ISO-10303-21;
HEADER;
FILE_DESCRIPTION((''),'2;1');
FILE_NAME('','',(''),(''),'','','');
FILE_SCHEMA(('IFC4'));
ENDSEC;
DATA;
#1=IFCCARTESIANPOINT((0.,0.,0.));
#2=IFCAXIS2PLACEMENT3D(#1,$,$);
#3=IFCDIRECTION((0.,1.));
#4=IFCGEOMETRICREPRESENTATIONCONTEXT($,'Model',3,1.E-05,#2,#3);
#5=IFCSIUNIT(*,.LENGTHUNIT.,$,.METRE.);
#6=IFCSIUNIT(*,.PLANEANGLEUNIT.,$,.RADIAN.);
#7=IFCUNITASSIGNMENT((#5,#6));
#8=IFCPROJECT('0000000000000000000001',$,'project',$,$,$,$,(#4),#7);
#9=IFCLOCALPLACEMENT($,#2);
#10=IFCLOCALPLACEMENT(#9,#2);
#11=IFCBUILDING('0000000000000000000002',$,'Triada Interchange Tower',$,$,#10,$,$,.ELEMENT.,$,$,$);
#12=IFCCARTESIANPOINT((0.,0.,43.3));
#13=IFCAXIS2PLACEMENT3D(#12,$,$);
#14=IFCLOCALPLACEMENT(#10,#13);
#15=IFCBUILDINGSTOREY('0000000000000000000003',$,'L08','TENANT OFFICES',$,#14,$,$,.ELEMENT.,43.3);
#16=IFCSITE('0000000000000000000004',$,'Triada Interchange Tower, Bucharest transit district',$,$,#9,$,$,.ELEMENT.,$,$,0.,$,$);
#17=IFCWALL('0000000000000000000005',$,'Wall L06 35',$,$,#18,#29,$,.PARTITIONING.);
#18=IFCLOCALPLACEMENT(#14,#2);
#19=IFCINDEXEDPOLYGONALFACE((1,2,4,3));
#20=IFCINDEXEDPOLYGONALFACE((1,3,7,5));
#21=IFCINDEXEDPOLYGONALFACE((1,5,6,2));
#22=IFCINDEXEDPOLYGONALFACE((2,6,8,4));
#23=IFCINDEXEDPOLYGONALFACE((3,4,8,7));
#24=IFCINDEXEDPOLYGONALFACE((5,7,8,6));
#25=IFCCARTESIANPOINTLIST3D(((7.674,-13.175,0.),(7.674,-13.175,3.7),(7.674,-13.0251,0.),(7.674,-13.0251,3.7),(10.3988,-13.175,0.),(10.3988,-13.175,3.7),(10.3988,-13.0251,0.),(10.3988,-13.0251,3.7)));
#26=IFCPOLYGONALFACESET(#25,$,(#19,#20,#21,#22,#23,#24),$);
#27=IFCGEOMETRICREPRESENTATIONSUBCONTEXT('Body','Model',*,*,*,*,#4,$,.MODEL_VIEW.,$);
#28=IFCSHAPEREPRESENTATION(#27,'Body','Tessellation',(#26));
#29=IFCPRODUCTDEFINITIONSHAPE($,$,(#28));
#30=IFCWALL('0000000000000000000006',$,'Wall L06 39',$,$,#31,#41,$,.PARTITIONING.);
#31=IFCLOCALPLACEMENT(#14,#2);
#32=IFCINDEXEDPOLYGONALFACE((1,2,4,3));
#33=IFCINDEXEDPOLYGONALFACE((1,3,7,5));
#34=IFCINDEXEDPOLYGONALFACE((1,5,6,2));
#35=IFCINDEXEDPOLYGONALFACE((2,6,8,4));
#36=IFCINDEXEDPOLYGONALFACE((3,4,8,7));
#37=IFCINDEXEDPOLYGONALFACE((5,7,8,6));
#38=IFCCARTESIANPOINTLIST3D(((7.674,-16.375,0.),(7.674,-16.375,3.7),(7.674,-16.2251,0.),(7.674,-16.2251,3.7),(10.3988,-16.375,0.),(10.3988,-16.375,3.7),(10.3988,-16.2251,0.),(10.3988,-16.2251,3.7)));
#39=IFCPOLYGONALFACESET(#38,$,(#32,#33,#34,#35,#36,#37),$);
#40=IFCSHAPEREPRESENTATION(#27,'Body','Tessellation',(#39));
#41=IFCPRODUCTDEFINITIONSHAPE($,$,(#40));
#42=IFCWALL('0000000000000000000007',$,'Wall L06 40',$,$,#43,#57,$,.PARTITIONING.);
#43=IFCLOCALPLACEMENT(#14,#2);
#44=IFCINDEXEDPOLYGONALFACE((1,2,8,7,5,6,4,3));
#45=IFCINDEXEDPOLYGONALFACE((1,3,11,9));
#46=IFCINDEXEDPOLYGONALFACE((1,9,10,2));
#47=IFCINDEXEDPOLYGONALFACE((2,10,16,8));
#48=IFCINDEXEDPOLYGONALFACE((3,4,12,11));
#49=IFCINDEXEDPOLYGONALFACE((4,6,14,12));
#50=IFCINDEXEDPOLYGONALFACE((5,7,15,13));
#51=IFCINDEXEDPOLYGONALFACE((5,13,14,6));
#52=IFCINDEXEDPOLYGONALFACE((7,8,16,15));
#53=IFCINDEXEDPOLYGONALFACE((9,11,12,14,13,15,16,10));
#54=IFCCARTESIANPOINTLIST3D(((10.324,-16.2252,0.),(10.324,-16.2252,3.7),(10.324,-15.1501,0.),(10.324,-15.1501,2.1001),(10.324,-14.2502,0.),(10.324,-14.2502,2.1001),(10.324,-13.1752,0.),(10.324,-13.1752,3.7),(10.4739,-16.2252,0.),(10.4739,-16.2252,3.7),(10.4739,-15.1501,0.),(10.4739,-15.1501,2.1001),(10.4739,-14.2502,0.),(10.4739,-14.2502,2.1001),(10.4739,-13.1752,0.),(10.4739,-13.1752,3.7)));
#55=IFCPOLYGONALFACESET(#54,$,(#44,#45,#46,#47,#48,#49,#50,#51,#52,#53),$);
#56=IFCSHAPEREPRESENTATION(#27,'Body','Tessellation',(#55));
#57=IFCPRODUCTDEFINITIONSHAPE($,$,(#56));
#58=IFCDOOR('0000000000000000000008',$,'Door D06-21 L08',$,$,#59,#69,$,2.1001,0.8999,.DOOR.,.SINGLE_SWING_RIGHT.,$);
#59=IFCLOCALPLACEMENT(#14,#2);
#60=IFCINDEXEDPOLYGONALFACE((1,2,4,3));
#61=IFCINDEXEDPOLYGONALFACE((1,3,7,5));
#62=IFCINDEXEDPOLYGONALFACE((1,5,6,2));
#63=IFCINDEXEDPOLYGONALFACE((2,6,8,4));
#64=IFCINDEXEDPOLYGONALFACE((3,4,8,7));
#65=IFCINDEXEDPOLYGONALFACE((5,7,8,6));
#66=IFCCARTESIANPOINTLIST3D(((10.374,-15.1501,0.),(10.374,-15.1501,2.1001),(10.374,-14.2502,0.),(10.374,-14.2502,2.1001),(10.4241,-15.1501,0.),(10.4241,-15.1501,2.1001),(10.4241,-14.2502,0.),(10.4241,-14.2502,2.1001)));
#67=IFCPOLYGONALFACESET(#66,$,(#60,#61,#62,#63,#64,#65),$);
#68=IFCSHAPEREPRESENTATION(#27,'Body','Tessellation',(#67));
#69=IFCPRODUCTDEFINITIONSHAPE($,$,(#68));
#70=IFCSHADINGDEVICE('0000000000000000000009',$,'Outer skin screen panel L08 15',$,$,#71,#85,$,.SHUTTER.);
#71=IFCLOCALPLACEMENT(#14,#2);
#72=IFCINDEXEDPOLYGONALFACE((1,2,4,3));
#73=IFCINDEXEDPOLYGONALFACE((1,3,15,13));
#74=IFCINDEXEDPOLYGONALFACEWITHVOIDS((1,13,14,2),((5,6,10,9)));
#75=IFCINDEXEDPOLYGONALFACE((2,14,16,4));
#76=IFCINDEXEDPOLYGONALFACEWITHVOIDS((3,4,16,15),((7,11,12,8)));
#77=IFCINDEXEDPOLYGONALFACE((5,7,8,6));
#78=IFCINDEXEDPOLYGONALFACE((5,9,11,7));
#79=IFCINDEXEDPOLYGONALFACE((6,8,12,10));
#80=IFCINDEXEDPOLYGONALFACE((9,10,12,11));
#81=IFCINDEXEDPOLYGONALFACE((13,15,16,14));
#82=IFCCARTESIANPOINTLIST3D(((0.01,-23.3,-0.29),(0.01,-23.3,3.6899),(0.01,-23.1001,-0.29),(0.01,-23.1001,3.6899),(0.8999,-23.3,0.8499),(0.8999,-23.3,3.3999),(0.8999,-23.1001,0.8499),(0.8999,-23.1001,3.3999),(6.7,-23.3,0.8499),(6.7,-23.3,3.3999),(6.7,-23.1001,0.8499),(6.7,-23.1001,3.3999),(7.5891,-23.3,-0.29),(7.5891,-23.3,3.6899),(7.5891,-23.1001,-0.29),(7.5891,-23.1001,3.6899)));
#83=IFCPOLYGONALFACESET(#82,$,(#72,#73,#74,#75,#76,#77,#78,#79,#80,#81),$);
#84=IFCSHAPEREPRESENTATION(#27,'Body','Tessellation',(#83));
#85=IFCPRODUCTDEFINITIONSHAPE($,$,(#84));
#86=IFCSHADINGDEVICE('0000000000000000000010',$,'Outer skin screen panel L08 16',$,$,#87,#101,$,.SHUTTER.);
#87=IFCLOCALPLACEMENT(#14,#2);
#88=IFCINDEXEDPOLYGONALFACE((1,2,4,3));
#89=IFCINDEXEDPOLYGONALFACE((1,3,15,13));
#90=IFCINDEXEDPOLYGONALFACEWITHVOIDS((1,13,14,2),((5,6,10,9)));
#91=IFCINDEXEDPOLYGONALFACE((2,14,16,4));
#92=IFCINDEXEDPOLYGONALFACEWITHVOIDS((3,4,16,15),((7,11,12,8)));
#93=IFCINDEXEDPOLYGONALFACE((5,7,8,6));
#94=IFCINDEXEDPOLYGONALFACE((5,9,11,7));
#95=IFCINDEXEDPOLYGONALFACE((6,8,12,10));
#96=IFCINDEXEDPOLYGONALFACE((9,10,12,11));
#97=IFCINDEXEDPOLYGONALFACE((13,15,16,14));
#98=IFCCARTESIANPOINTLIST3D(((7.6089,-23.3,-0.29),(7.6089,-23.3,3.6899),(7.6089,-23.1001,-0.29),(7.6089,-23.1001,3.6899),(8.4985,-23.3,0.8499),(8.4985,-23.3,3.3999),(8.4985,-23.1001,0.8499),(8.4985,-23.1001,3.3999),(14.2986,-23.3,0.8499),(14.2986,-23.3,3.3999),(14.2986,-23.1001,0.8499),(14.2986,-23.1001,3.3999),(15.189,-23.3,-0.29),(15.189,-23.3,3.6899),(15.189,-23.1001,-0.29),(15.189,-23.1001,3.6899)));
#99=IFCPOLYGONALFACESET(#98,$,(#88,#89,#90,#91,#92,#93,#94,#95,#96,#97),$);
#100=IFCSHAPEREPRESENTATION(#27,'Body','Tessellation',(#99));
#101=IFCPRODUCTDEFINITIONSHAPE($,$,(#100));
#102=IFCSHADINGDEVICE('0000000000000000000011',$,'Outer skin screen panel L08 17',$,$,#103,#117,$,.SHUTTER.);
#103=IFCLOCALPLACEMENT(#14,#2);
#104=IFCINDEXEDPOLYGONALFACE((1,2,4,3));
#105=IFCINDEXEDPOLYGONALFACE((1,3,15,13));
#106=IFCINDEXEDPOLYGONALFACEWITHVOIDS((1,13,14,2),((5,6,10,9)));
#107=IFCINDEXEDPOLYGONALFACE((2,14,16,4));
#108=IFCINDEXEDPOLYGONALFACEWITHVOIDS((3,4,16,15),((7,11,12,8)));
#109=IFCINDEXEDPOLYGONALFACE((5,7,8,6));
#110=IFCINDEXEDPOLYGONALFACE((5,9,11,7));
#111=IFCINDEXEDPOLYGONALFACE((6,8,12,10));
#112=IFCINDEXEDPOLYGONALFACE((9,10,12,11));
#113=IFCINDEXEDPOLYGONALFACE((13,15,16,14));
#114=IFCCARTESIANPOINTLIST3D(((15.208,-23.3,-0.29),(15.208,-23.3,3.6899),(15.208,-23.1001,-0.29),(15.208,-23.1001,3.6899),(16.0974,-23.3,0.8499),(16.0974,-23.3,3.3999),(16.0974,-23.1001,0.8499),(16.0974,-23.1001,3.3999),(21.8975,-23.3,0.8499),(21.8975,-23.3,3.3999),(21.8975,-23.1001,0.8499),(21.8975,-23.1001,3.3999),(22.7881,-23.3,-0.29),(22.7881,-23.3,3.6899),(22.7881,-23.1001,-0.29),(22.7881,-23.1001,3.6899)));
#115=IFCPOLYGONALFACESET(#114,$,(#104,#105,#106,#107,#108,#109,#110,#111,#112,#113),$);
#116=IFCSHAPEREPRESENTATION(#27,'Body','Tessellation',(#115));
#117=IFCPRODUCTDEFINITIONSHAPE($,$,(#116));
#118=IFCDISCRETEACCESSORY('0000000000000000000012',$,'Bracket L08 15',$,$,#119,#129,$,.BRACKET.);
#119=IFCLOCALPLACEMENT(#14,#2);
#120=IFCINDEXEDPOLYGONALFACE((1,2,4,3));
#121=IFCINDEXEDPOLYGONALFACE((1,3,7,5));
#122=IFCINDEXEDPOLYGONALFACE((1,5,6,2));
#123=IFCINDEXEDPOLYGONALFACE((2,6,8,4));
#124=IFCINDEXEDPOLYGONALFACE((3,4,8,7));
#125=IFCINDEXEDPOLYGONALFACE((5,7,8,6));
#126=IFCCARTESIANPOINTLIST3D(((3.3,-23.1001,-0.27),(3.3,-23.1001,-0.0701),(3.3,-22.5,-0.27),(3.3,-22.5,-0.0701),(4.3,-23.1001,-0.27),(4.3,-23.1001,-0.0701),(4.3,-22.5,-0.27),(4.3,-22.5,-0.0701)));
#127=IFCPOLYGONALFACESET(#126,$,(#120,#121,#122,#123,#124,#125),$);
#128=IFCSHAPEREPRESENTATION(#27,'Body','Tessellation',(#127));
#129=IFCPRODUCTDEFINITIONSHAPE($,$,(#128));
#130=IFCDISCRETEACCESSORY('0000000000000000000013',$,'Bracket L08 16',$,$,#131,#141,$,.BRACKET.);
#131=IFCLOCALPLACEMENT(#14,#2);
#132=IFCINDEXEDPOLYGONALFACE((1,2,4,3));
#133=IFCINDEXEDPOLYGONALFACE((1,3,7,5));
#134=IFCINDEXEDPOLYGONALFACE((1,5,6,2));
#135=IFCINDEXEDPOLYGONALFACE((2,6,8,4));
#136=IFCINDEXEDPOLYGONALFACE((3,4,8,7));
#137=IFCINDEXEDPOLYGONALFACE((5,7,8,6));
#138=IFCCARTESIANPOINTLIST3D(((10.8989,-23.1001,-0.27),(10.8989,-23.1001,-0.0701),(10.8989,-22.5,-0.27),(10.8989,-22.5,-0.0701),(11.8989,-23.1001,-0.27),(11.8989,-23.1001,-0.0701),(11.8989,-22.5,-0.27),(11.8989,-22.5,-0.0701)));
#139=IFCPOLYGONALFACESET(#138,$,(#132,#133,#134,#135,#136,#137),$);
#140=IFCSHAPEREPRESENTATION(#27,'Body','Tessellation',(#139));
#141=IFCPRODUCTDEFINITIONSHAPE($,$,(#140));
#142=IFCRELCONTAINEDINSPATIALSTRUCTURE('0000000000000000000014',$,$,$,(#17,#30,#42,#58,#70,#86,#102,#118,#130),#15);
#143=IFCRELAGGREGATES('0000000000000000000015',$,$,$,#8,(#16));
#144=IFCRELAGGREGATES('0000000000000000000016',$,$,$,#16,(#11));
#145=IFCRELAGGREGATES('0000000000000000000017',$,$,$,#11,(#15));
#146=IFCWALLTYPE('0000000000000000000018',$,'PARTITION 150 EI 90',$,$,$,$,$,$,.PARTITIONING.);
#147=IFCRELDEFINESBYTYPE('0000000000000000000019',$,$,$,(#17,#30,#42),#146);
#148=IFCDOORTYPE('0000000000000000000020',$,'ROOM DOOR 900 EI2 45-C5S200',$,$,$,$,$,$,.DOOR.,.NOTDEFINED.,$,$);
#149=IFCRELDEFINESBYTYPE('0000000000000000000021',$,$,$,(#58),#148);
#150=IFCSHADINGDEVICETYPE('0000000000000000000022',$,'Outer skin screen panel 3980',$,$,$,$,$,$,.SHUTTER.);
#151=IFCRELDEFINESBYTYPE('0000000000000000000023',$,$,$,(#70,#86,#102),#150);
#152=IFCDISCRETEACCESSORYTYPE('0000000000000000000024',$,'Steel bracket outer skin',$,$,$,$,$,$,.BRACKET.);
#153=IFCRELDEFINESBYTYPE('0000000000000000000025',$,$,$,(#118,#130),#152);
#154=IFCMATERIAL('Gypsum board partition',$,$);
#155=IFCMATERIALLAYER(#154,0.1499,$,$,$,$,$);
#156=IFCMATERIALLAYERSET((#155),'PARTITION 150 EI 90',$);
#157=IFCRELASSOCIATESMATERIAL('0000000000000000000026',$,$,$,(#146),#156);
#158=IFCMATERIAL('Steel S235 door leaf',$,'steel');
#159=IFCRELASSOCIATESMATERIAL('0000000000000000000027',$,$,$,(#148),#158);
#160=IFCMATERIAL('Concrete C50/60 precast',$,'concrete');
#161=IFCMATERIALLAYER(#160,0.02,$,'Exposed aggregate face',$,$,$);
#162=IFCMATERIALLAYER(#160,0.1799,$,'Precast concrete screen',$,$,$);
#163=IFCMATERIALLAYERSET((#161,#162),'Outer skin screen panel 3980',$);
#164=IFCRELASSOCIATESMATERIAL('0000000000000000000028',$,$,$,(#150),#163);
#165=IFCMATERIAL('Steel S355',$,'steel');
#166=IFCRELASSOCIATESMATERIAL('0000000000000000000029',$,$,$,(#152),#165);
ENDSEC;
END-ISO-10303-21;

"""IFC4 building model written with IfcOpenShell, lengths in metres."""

from ifc_helpers import new_model, si_unit, direction, frame, frame_2d, origin, origin_2d, place, context, subcontext, project, spatial, polyline, rectangle, outline, extrude, material, layer, layer_set, type_object, element, fill, save


model = new_model("IFC4")

# Units and contexts
model_context = context("Model", 3, precision=1e-05, world=origin(), true_north=direction((0.0, 1.0)))
body_context = subcontext(model_context, "Body", "Model", "MODEL_VIEW")
ifc_project = project(units=[si_unit("LENGTHUNIT", "METRE"), si_unit("PLANEANGLEUNIT", "RADIAN")], contexts=[model_context])

# Site, building, storey
site_placement = place(None, origin())
site = spatial("IfcSite", under=ifc_project, at=site_placement, Name="Triada Interchange Tower, Bucharest transit district", CompositionType="ELEMENT", RefElevation=0.0)
building_placement = place(site_placement, origin())
building = spatial("IfcBuilding", under=site, at=building_placement, Name="Triada Interchange Tower", CompositionType="ELEMENT")
storey_placement = place(building_placement, frame((0.0, 0.0, 43.3)))
storey = spatial("IfcBuildingStorey", under=building, at=storey_placement, Name="L08", Description="TENANT OFFICES", CompositionType="ELEMENT", Elevation=43.3)

# Shared definitions
ifc_material_1 = material(Name="Steel S235 door leaf", Category="steel")

# Walls
ifc_material_2 = material(Name="Gypsum board partition")
ifc_layer_1 = layer(ifc_material_2, 0.1499)
ifc_layer_set_1 = layer_set([ifc_layer_1], Name="PARTITION 150 EI 90")
wall_type_1 = type_object("IfcWallType", Name="PARTITION 150 EI 90", PredefinedType="PARTITIONING", material=ifc_layer_set_1)
for number, where, z_axis, x_axis, name in (
    (1, (7.6741, -13.1001, 0.0), (0.0, 0.0, 1.0), (1.0, 0.0, 0.0), "Wall L06 35"),
    (2, (7.6741, -16.3, 0.0), (0.0, 0.0, 1.0), (1.0, 0.0, 0.0), "Wall L06 39"),
):
    element("IfcWall", number, at=place(storey_placement, frame(where, z_axis=z_axis, x_axis=x_axis)), inside=storey, type_object=wall_type_1, Name=name, PredefinedType="PARTITIONING", context=body_context, shape_type="SweptSolid", body=[
        extrude(rectangle(XDim=2.7249, YDim=0.1499, at=frame_2d((1.3623, 0.0))), origin(), (0.0, 0.0, 1.0), 3.7),
    ])

# Wall, opening, door
wall_1_placement = place(storey_placement, frame((10.3989, -16.2251, 0.0), z_axis=(0.0, 0.0, 1.0), x_axis=(0.0, 1.0, 0.0)))
wall_1 = element("IfcWall", 3, at=wall_1_placement, inside=storey, type_object=wall_type_1, Name="Wall L06 40", PredefinedType="PARTITIONING", context=body_context, shape_type="SweptSolid", body=[
    extrude(rectangle(XDim=3.05, YDim=0.1499, at=frame_2d((1.5249, 0.0))), origin(), (0.0, 0.0, 1.0), 3.7),
])
opening_1_placement = place(wall_1_placement, frame((1.075, 0.0, 0.0)))
opening_1 = element("IfcOpeningElement", 4, at=opening_1_placement, cuts=wall_1, PredefinedType="OPENING", context=body_context, shape_type="SweptSolid", body=[
    extrude(rectangle(XDim=0.8999, YDim=2.1001, at=frame_2d((0.45, 1.05))), frame((0.0, 0.085, 0.0), z_axis=(0.0, -1.0, 0.0), x_axis=(1.0, 0.0, 0.0)), (0.0, 0.0, 1.0), 0.1699),
])
door_type_1 = type_object("IfcDoorType", Name="ROOM DOOR 900 EI2 45-C5S200", OperationType="NOTDEFINED", PredefinedType="DOOR", material=ifc_material_1)
door_1_placement = place(opening_1_placement, origin())
door_1 = element("IfcDoor", 5, at=door_1_placement, inside=storey, type_object=door_type_1, Name="Door D06-21 L08", OperationType="SINGLE_SWING_RIGHT", OverallHeight=2.1001, OverallWidth=0.8999, PredefinedType="DOOR", context=body_context, shape_type="SweptSolid", body=[
    extrude(rectangle(XDim=0.8999, YDim=2.1001, at=frame_2d((0.45, 1.05))), frame((0.0, 0.0249, 0.0), z_axis=(0.0, -1.0, 0.0), x_axis=(1.0, 0.0, 0.0)), (0.0, 0.0, 1.0), 0.05),
])
fill(opening_1, door_1)

# Shading devices
ifc_material_3 = material(Name="Concrete C50/60 precast", Category="concrete")
ifc_layer_2 = layer(ifc_material_3, 0.02, Name="Exposed aggregate face")
ifc_layer_3 = layer(ifc_material_3, 0.1799, Name="Precast concrete screen")
ifc_layer_set_2 = layer_set([ifc_layer_2, ifc_layer_3], Name="Outer skin screen panel 3980")
shading_device_type = type_object("IfcShadingDeviceType", Name="Outer skin screen panel 3980", PredefinedType="SHUTTER", material=ifc_layer_set_2)
shading_device_1_placement = place(storey_placement, frame((0.01, -23.1001, -0.29), z_axis=(0.0, 0.0, 1.0), x_axis=(1.0, 0.0, 0.0)))
element("IfcShadingDevice", 6, at=shading_device_1_placement, inside=storey, type_object=shading_device_type, Name="Outer skin screen panel L08 15", PredefinedType="SHUTTER", context=body_context, shape_type="SweptSolid", body=[
    extrude(outline(polyline([(0.0, 0.0), (7.5791, 0.0), (7.5791, 3.98), (0.0, 3.98), (0.0, 0.0)]), holes=[polyline([(0.8899, 1.1399), (0.8899, 3.6899), (6.6899, 3.6899), (6.6899, 1.1399), (0.8899, 1.1399)])]), frame((0.0, 0.0, 0.0), z_axis=(0.0, -1.0, 0.0), x_axis=(1.0, 0.0, 0.0)), (0.0, 0.0, 1.0), 0.2),
])
shading_device_2_placement = place(storey_placement, frame((7.6089, -23.1001, -0.29), z_axis=(0.0, 0.0, 1.0), x_axis=(1.0, 0.0, 0.0)))
element("IfcShadingDevice", 7, at=shading_device_2_placement, inside=storey, type_object=shading_device_type, Name="Outer skin screen panel L08 16", PredefinedType="SHUTTER", context=body_context, shape_type="SweptSolid", body=[
    extrude(outline(polyline([(0.0, 0.0), (7.5801, 0.0), (7.5801, 3.98), (0.0, 3.98), (0.0, 0.0)]), holes=[polyline([(0.8896, 1.1399), (0.8896, 3.6899), (6.6897, 3.6899), (6.6897, 1.1399), (0.8896, 1.1399)])]), frame((0.0, 0.0, 0.0), z_axis=(0.0, -1.0, 0.0), x_axis=(1.0, 0.0, 0.0)), (0.0, 0.0, 1.0), 0.2),
])
shading_device_3_placement = place(storey_placement, frame((15.208, -23.1001, -0.29), z_axis=(0.0, 0.0, 1.0), x_axis=(1.0, 0.0, 0.0)))
element("IfcShadingDevice", 8, at=shading_device_3_placement, inside=storey, type_object=shading_device_type, Name="Outer skin screen panel L08 17", PredefinedType="SHUTTER", context=body_context, shape_type="SweptSolid", body=[
    extrude(outline(polyline([(0.0, 0.0), (7.5801, 0.0), (7.5801, 3.98), (0.0, 3.98), (0.0, 0.0)]), holes=[polyline([(0.8894, 1.1399), (0.8894, 3.6899), (6.6895, 3.6899), (6.6895, 1.1399), (0.8894, 1.1399)])]), frame((0.0, 0.0, 0.0), z_axis=(0.0, -1.0, 0.0), x_axis=(1.0, 0.0, 0.0)), (0.0, 0.0, 1.0), 0.2),
])

# Discrete accessories
ifc_material_4 = material(Name="Steel S355", Category="steel")
discrete_accessory_type = type_object("IfcDiscreteAccessoryType", Name="Steel bracket outer skin", PredefinedType="BRACKET", material=ifc_material_4)
for number, where, z_axis, x_axis, name in (
    (9, (3.8, -22.8, -0.27), (0.0, 0.0, 1.0), (0.0, -1.0, 0.0), "Bracket L08 15"),
    (10, (11.3989, -22.8, -0.27), (0.0, 0.0, 1.0), (0.0, -1.0, 0.0), "Bracket L08 16"),
):
    element("IfcDiscreteAccessory", number, at=place(storey_placement, frame(where, z_axis=z_axis, x_axis=x_axis)), inside=storey, type_object=discrete_accessory_type, Name=name, PredefinedType="BRACKET", context=body_context, shape_type="SweptSolid", body=[
        extrude(rectangle(XDim=0.6001, YDim=1.0, at=origin_2d()), origin(), (0.0, 0.0, 1.0), 0.2),
    ])

save(model, "model.ifc")
